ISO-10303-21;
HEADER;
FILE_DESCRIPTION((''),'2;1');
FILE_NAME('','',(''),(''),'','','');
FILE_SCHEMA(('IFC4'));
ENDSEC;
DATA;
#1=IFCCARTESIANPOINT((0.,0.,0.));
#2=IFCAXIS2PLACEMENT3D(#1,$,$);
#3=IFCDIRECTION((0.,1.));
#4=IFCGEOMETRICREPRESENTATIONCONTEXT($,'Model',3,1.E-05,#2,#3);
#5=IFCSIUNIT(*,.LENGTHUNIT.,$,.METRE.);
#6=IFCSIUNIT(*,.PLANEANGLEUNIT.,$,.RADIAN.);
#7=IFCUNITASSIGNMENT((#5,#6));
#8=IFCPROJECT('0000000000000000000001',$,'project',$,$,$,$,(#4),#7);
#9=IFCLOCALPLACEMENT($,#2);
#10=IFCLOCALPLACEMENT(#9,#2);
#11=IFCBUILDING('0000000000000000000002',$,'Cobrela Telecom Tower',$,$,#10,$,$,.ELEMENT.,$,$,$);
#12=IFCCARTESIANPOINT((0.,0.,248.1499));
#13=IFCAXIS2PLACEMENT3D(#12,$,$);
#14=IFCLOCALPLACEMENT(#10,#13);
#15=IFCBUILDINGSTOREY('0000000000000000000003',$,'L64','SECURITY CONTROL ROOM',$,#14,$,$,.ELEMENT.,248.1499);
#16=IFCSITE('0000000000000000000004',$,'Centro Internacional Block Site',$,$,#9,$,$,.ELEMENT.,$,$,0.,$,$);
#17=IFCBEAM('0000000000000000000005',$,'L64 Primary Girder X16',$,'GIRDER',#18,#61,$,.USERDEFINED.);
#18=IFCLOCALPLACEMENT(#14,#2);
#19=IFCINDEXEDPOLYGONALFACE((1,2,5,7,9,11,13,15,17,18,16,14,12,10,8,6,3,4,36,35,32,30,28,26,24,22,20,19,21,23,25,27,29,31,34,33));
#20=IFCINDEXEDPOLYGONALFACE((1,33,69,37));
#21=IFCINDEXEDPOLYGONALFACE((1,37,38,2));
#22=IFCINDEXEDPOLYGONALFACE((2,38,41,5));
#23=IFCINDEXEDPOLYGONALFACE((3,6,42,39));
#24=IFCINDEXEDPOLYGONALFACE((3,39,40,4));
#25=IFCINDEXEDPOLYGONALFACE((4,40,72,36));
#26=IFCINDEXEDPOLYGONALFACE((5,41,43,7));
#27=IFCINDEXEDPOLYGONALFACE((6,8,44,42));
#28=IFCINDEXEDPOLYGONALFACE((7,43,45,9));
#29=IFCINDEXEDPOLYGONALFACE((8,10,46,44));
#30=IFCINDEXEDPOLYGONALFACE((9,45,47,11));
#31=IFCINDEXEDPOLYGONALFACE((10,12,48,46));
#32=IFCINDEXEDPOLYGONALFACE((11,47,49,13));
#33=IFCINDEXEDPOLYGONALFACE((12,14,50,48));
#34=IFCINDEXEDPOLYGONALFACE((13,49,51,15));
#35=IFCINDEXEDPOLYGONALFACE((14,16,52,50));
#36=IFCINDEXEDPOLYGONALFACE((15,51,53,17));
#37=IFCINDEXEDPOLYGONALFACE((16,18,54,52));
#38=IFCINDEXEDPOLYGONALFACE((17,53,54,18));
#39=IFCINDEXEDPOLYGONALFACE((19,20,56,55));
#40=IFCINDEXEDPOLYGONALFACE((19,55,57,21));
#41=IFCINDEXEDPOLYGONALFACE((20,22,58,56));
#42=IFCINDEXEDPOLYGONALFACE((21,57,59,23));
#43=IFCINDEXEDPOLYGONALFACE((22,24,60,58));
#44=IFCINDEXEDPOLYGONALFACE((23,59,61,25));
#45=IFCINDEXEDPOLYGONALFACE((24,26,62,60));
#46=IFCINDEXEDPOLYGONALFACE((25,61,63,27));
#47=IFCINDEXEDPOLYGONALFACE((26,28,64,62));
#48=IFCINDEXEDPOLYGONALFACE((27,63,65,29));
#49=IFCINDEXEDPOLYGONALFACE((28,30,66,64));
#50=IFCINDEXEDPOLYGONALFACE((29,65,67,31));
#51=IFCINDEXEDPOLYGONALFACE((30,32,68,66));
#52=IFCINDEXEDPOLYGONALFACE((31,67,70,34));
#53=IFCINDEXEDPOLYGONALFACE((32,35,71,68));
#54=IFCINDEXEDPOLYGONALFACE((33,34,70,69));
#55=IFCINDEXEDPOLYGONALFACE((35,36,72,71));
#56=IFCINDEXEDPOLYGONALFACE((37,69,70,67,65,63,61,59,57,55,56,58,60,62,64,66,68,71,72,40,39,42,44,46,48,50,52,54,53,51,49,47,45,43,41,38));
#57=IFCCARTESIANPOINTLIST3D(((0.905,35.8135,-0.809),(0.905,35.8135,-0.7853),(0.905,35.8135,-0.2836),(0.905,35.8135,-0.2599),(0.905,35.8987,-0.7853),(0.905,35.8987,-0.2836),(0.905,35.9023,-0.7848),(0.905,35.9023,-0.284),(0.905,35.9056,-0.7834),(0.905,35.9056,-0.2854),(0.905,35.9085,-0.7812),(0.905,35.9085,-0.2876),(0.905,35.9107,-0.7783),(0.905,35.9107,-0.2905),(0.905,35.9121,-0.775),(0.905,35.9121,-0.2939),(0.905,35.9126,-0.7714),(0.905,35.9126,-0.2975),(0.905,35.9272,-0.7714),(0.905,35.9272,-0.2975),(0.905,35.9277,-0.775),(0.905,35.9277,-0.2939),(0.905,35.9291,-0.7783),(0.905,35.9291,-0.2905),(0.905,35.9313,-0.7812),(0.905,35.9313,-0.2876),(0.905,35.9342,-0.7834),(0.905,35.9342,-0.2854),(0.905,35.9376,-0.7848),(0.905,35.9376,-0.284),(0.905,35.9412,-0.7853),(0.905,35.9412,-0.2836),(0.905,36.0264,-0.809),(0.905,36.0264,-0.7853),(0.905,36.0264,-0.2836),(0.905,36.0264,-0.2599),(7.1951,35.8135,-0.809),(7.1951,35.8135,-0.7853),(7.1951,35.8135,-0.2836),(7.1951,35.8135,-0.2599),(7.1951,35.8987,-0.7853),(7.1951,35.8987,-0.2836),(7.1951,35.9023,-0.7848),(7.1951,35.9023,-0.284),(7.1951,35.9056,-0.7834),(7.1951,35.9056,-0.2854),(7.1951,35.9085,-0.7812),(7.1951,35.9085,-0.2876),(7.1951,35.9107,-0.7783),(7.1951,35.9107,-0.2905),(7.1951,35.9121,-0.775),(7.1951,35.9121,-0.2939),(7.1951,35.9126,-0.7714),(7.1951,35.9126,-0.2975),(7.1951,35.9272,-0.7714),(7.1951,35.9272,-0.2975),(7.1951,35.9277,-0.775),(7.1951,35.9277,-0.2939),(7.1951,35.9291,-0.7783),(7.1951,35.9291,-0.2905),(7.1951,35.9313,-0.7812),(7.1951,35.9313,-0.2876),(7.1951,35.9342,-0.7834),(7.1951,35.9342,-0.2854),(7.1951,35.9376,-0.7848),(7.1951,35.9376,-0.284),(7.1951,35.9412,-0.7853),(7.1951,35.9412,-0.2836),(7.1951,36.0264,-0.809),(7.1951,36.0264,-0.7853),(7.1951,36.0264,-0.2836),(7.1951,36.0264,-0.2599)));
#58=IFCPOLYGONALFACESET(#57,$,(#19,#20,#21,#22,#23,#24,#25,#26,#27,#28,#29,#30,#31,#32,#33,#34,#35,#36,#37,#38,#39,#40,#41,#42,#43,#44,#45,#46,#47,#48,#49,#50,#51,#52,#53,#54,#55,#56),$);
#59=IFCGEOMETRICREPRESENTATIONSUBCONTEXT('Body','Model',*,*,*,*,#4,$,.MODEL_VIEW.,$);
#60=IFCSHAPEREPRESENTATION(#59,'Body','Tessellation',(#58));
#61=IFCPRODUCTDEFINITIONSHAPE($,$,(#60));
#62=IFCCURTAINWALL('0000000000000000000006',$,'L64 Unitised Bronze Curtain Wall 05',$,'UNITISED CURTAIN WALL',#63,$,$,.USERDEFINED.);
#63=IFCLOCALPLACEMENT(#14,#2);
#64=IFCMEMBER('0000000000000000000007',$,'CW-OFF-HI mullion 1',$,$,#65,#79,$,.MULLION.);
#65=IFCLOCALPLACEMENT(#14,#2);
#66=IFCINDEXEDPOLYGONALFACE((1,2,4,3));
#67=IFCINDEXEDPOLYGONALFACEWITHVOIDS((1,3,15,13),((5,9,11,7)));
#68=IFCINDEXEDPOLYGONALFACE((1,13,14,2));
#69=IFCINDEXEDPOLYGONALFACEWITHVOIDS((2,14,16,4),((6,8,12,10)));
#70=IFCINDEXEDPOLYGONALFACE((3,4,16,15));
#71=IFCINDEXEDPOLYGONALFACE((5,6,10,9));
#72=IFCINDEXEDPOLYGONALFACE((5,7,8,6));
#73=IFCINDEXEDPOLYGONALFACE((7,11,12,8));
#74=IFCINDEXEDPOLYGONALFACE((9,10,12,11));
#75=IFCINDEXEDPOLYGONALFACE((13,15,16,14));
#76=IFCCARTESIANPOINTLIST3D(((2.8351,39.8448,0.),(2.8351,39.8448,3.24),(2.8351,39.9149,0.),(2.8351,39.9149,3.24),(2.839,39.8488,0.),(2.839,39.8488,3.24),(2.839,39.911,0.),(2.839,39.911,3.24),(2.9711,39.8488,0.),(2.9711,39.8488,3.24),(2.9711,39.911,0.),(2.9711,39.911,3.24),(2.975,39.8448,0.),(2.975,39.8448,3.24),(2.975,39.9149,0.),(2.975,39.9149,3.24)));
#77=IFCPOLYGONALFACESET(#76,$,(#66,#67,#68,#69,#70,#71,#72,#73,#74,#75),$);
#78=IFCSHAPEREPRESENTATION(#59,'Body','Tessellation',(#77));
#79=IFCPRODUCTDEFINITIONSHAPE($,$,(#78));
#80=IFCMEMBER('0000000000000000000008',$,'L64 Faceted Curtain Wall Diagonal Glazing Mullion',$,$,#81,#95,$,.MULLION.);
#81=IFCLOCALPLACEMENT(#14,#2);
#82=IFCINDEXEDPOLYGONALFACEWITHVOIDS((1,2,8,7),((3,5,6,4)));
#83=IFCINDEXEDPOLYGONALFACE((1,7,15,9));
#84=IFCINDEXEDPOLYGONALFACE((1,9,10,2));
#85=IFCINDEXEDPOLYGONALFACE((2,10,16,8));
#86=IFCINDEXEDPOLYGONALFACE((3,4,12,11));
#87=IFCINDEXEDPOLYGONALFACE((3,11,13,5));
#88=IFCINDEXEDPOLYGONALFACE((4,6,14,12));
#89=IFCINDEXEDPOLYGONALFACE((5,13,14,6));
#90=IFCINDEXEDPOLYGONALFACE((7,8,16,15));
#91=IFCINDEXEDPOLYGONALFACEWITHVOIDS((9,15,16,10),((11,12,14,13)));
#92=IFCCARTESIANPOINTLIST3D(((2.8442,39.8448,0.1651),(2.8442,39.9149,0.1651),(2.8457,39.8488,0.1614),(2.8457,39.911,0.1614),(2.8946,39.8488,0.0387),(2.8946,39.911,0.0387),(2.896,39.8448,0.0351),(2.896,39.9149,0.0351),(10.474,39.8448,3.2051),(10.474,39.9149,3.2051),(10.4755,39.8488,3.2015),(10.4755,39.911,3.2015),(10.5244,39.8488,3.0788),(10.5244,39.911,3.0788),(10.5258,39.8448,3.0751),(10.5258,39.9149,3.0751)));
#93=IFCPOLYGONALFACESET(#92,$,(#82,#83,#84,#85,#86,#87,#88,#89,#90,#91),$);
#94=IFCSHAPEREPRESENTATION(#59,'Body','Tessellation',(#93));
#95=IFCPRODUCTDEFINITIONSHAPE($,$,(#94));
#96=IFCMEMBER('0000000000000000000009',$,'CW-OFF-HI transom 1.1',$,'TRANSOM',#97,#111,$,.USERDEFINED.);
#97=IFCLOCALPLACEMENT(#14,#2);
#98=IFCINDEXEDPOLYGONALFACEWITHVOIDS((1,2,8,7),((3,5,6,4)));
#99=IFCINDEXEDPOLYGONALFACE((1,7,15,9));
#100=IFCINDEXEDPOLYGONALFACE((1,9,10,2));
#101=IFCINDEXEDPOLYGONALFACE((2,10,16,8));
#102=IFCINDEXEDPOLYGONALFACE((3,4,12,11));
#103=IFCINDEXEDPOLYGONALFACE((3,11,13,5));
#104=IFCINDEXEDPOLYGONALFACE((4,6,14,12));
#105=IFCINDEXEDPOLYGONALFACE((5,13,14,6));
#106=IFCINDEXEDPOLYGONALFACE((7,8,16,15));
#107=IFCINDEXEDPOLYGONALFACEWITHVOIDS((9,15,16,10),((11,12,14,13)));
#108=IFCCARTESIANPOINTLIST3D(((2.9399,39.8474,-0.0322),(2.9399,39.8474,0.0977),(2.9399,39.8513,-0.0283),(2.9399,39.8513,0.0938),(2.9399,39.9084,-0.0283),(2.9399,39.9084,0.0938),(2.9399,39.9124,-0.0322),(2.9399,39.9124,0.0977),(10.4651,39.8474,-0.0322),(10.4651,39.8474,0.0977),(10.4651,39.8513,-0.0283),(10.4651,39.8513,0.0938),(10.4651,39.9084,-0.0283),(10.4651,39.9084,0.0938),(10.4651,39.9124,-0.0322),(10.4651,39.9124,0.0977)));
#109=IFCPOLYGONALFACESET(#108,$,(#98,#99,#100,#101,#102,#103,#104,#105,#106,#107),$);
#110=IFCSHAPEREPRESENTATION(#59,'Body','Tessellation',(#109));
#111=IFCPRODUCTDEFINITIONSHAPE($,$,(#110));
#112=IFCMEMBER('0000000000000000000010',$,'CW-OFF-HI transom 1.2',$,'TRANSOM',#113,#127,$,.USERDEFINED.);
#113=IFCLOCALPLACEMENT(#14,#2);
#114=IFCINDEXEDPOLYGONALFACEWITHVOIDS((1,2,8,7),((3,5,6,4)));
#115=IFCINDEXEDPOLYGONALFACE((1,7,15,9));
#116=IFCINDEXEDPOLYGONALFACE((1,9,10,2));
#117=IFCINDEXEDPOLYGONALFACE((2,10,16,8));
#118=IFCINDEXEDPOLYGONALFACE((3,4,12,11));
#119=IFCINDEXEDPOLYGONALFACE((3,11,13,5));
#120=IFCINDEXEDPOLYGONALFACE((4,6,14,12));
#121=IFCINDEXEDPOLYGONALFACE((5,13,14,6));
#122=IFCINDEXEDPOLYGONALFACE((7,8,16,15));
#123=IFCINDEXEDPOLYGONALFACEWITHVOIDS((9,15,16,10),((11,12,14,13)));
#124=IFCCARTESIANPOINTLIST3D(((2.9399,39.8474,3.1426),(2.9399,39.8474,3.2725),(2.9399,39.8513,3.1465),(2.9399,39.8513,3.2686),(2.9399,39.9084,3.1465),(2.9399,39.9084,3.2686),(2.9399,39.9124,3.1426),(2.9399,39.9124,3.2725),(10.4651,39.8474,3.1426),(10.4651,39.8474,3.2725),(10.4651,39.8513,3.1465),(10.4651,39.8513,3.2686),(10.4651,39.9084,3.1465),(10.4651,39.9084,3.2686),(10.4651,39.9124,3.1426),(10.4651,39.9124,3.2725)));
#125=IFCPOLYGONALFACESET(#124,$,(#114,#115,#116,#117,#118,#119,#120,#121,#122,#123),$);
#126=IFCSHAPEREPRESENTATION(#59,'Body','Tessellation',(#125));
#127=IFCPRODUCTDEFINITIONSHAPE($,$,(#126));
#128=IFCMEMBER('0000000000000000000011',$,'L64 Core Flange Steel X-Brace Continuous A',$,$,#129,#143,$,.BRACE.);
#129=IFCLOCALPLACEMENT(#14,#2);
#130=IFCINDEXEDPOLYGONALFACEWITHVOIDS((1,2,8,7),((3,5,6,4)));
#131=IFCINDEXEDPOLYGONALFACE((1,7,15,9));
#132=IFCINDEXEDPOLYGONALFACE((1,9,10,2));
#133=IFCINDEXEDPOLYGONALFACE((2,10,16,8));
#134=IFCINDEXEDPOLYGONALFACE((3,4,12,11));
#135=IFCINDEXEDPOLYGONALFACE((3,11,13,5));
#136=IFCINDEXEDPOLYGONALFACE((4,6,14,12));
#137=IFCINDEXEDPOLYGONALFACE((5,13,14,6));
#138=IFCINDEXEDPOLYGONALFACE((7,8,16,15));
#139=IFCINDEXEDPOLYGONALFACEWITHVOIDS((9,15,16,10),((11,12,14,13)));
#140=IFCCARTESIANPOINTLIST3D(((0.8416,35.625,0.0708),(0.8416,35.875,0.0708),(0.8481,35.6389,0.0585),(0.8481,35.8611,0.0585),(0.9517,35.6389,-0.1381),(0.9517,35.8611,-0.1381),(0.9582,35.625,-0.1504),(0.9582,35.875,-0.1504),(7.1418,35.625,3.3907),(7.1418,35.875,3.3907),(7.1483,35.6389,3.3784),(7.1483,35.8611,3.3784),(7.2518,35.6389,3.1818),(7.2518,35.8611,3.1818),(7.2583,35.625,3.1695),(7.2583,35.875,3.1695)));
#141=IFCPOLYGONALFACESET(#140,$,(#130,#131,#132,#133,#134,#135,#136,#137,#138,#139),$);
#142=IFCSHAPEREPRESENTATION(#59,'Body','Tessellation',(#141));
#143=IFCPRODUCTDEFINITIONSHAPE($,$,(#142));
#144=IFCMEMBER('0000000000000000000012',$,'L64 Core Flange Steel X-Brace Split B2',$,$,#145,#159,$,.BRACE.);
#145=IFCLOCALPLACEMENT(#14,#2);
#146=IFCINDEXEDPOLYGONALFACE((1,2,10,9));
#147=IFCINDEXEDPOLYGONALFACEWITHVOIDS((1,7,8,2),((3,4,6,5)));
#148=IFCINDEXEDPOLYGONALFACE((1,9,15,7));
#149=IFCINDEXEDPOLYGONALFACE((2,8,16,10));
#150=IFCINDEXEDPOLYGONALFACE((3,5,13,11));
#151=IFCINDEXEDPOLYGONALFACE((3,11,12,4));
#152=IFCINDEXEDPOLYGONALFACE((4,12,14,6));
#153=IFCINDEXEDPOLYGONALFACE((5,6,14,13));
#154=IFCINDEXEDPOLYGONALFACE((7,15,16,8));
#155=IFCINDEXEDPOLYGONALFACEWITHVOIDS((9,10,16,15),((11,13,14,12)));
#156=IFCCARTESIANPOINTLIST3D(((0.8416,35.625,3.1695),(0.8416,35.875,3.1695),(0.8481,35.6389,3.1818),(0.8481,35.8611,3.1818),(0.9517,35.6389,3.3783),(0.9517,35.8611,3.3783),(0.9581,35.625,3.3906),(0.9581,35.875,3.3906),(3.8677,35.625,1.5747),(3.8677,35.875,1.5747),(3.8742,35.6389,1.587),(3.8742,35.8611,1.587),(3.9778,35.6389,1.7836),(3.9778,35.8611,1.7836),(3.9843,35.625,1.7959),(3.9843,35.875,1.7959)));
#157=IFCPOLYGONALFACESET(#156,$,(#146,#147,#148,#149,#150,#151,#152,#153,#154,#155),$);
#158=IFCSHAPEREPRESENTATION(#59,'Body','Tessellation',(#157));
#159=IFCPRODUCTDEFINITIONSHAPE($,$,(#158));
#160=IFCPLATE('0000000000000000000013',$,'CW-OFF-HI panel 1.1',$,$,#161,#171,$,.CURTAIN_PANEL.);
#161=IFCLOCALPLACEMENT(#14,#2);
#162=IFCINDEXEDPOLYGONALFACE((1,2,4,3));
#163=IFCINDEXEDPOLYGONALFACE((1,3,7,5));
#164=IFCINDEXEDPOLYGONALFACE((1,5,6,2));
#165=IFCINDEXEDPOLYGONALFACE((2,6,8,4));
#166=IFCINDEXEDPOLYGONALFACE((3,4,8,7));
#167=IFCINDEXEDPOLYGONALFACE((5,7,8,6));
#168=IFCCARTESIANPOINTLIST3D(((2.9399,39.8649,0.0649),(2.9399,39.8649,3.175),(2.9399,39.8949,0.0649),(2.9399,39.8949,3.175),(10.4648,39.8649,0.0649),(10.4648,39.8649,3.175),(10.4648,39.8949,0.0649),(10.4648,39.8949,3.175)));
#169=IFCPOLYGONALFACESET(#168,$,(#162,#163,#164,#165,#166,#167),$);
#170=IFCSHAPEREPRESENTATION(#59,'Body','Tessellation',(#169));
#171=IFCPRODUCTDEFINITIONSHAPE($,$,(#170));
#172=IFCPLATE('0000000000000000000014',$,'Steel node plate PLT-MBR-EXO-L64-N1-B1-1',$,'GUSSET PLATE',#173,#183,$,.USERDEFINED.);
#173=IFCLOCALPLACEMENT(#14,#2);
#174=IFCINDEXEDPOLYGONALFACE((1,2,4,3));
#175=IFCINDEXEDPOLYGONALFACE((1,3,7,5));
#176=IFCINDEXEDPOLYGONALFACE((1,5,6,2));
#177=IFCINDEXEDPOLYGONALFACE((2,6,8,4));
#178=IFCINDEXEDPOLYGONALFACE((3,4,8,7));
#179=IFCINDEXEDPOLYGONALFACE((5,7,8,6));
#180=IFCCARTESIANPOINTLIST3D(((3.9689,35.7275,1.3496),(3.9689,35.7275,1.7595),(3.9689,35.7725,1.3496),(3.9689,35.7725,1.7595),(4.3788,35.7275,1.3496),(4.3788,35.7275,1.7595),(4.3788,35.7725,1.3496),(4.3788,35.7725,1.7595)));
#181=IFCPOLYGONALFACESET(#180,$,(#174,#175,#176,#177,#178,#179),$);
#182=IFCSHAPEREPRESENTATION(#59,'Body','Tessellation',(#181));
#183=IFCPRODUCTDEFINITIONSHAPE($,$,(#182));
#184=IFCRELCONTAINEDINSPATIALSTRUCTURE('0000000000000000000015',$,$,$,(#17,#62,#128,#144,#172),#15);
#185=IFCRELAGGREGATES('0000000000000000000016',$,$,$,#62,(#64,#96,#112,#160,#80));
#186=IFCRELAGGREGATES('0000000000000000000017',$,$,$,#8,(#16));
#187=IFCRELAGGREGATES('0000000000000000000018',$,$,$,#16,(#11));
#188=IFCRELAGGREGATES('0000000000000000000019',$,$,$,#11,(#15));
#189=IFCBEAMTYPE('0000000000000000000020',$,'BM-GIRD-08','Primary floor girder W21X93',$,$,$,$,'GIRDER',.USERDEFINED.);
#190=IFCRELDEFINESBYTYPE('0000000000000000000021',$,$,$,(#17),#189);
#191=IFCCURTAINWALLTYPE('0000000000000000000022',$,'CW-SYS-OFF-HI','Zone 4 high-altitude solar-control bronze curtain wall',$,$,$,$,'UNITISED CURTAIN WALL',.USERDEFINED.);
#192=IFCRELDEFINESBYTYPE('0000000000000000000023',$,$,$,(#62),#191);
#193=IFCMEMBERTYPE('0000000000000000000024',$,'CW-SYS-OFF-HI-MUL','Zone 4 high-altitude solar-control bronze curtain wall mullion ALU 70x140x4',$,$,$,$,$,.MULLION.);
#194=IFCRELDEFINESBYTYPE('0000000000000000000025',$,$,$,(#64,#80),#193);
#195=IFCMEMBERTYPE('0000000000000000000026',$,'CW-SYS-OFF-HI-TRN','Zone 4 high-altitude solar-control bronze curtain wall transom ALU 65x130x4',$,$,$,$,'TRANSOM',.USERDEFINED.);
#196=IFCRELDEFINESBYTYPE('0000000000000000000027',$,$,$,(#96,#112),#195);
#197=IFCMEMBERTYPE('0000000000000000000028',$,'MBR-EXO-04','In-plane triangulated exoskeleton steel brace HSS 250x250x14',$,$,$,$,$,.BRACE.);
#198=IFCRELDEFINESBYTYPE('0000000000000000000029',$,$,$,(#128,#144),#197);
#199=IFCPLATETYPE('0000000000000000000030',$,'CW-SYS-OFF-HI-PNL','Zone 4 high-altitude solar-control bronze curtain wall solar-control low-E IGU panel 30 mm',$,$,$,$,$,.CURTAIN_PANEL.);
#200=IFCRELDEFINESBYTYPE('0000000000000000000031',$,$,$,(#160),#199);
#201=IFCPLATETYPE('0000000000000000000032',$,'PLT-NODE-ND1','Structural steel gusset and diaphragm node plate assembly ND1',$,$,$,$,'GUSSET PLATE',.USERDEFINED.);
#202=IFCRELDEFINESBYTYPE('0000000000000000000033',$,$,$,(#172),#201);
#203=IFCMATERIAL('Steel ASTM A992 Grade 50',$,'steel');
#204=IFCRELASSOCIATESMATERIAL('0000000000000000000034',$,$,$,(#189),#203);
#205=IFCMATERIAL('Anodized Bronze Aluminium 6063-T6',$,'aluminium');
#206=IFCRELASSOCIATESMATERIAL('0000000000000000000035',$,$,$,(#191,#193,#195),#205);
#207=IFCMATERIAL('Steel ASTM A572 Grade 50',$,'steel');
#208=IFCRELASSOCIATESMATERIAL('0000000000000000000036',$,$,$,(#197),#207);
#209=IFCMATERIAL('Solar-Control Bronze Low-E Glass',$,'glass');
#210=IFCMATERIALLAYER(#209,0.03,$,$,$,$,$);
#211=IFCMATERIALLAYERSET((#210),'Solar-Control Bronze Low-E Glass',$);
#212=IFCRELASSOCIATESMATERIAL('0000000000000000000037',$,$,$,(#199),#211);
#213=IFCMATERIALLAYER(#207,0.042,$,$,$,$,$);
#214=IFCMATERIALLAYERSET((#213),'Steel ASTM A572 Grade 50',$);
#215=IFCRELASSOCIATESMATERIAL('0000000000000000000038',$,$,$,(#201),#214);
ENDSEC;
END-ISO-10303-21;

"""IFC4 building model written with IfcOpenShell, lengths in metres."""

from ifc_helpers import new_model, si_unit, direction, frame, origin, origin_2d, place, context, subcontext, project, spatial, rectangle, hollow_rectangle, i_section, extrude, material, layer, layer_set, material_profile, profile_set, type_object, element, aggregate, save


model = new_model("IFC4")

# Units and contexts
model_context = context("Model", 3, precision=1e-05, world=origin(), true_north=direction((0.0, 1.0)))
body_context = subcontext(model_context, "Body", "Model", "MODEL_VIEW")
ifc_project = project(units=[si_unit("LENGTHUNIT", "METRE"), si_unit("PLANEANGLEUNIT", "RADIAN")], contexts=[model_context])

# Site, building, storey
site_placement = place(None, origin())
site = spatial("IfcSite", under=ifc_project, at=site_placement, Name="Centro Internacional Block Site", CompositionType="ELEMENT", RefElevation=0.0)
building_placement = place(site_placement, origin())
building = spatial("IfcBuilding", under=site, at=building_placement, Name="Cobrela Telecom Tower", CompositionType="ELEMENT")
storey_placement = place(building_placement, frame((0.0, 0.0, 248.1499)))
storey = spatial("IfcBuildingStorey", under=building, at=storey_placement, Name="L64", Description="SECURITY CONTROL ROOM", CompositionType="ELEMENT", Elevation=248.1499)

# Beam
ifc_material_1 = material(Name="Steel ASTM A992 Grade 50", Category="steel")
ifc_material_profile_1 = material_profile(ifc_material_1, i_section(OverallWidth=0.2129, OverallDepth=0.5491, WebThickness=0.0146, FlangeThickness=0.0237, FilletRadius=0.0139, at=origin_2d()), Name="W21X93")
ifc_profile_set_1 = profile_set([ifc_material_profile_1], Name="Steel ASTM A992 Grade 50")
beam_type = type_object("IfcBeamType", Name="BM-GIRD-08", Description="Primary floor girder W21X93", ElementType="GIRDER", PredefinedType="USERDEFINED", material=ifc_profile_set_1)
beam_placement = place(storey_placement, frame((0.905, 35.9199, -0.5344), z_axis=(1.0, 0.0, 0.0), x_axis=(0.0, 1.0, 0.0)))
element("IfcBeam", 1, at=beam_placement, inside=storey, type_object=beam_type, Name="L64 Primary Girder X16", ObjectType="GIRDER", PredefinedType="USERDEFINED", context=body_context, shape_type="SweptSolid", body=[
    extrude(i_section(OverallWidth=0.2129, OverallDepth=0.5491, WebThickness=0.0146, FlangeThickness=0.0237, FilletRadius=0.0139, at=origin_2d()), origin(), (0.0, 0.0, 1.0), 6.29),
])

# Curtain wall, members
ifc_material_2 = material(Name="Anodized Bronze Aluminium 6063-T6", Category="aluminium")
curtain_wall_type = type_object("IfcCurtainWallType", Name="CW-SYS-OFF-HI", Description="Zone 4 high-altitude solar-control bronze curtain wall", ElementType="UNITISED CURTAIN WALL", PredefinedType="USERDEFINED", material=ifc_material_2)
curtain_wall_placement = place(storey_placement, origin())
curtain_wall = element("IfcCurtainWall", 2, at=curtain_wall_placement, inside=storey, type_object=curtain_wall_type, Name="L64 Unitised Bronze Curtain Wall 05", ObjectType="UNITISED CURTAIN WALL", PredefinedType="USERDEFINED")
ifc_material_profile_2 = material_profile(ifc_material_2, hollow_rectangle(XDim=0.0701, YDim=0.1399, WallThickness=0.0039, at=origin_2d()), Name="ALU 70x140x4")
ifc_profile_set_2 = profile_set([ifc_material_profile_2], Name="Anodized Bronze Aluminium 6063-T6")
member_type_1 = type_object("IfcMemberType", Name="CW-SYS-OFF-HI-MUL", Description="Zone 4 high-altitude solar-control bronze curtain wall mullion ALU 70x140x4", PredefinedType="MULLION", material=ifc_profile_set_2)
member_1_placement = place(storey_placement, frame((2.905, 39.8799, 0.0), z_axis=(0.0, 0.0, 1.0), x_axis=(0.0, 1.0, 0.0)))
member_1 = element("IfcMember", 3, at=member_1_placement, type_object=member_type_1, Name="CW-OFF-HI mullion 1", PredefinedType="MULLION", context=body_context, shape_type="SweptSolid", body=[
    extrude(hollow_rectangle(XDim=0.0701, YDim=0.1399, WallThickness=0.0039, at=origin_2d()), origin(), (0.0, 0.0, 1.0), 3.24),
])
member_2_placement = place(storey_placement, frame((2.8701, 39.8799, 0.1001), z_axis=(0.928976, 0.0, 0.37014), x_axis=(0.0, 1.0, 0.0)))
member_2 = element("IfcMember", 4, at=member_2_placement, type_object=member_type_1, Name="L64 Faceted Curtain Wall Diagonal Glazing Mullion", PredefinedType="MULLION", context=body_context, shape_type="SweptSolid", body=[
    extrude(hollow_rectangle(XDim=0.0701, YDim=0.1399, WallThickness=0.0039, at=origin_2d()), origin(), (0.0, 0.0, 1.0), 8.2131),
])
ifc_material_profile_3 = material_profile(ifc_material_2, hollow_rectangle(XDim=0.0649, YDim=0.1299, WallThickness=0.0039, at=origin_2d()), Name="ALU 65x130x4")
ifc_profile_set_3 = profile_set([ifc_material_profile_3], Name="Anodized Bronze Aluminium 6063-T6")
member_type_2 = type_object("IfcMemberType", Name="CW-SYS-OFF-HI-TRN", Description="Zone 4 high-altitude solar-control bronze curtain wall transom ALU 65x130x4", ElementType="TRANSOM", PredefinedType="USERDEFINED", material=ifc_profile_set_3)
member_3_placement = place(storey_placement, frame((2.9399, 39.8799, 0.0327), z_axis=(1.0, 0.0, 0.0), x_axis=(0.0, 1.0, 0.0)))
member_3 = element("IfcMember", 5, at=member_3_placement, type_object=member_type_2, Name="CW-OFF-HI transom 1.1", ObjectType="TRANSOM", PredefinedType="USERDEFINED", context=body_context, shape_type="SweptSolid", body=[
    extrude(hollow_rectangle(XDim=0.0649, YDim=0.1299, WallThickness=0.0039, at=origin_2d()), origin(), (0.0, 0.0, 1.0), 7.5251),
])
member_4_placement = place(storey_placement, frame((2.9399, 39.8799, 3.2075), z_axis=(1.0, 0.0, 0.0), x_axis=(0.0, 1.0, 0.0)))
member_4 = element("IfcMember", 6, at=member_4_placement, type_object=member_type_2, Name="CW-OFF-HI transom 1.2", ObjectType="TRANSOM", PredefinedType="USERDEFINED", context=body_context, shape_type="SweptSolid", body=[
    extrude(hollow_rectangle(XDim=0.0649, YDim=0.1299, WallThickness=0.0039, at=origin_2d()), origin(), (0.0, 0.0, 1.0), 7.5251),
])

# Members
ifc_material_3 = material(Name="Steel ASTM A572 Grade 50", Category="steel")
ifc_material_profile_4 = material_profile(ifc_material_3, hollow_rectangle(XDim=0.25, YDim=0.25, WallThickness=0.0139, at=origin_2d()), Name="HSS 250x250x14")
ifc_profile_set_4 = profile_set([ifc_material_profile_4], Name="Steel ASTM A572 Grade 50")
member_type_3 = type_object("IfcMemberType", Name="MBR-EXO-04", Description="In-plane triangulated exoskeleton steel brace HSS 250x250x14", PredefinedType="BRACE", material=ifc_profile_set_4)
member_5_placement = place(storey_placement, frame((0.8999, 35.75, -0.0398), z_axis=(0.884686, 0.0, 0.466187), x_axis=(0.0, 1.0, 0.0)))
element("IfcMember", 7, at=member_5_placement, inside=storey, type_object=member_type_3, Name="L64 Core Flange Steel X-Brace Continuous A", PredefinedType="BRACE", context=body_context, shape_type="SweptSolid", body=[
    extrude(hollow_rectangle(XDim=0.25, YDim=0.25, WallThickness=0.0139, at=origin_2d()), origin(), (0.0, 0.0, 1.0), 7.1213),
])
member_6_placement = place(storey_placement, frame((3.926, 35.75, 1.6853), z_axis=(-0.884673, 0.0, 0.466211), x_axis=(0.0, -1.0, 0.0)))
element("IfcMember", 8, at=member_6_placement, inside=storey, type_object=member_type_3, Name="L64 Core Flange Steel X-Brace Split B2", PredefinedType="BRACE", context=body_context, shape_type="SweptSolid", body=[
    extrude(hollow_rectangle(XDim=0.25, YDim=0.25, WallThickness=0.0139, at=origin_2d()), origin(), (0.0, 0.0, 1.0), 3.4207),
])

# Plate
ifc_material_4 = material(Name="Solar-Control Bronze Low-E Glass", Category="glass")
ifc_layer_1 = layer(ifc_material_4, 0.03)
ifc_layer_set_1 = layer_set([ifc_layer_1], Name="Solar-Control Bronze Low-E Glass")
plate_type_1 = type_object("IfcPlateType", Name="CW-SYS-OFF-HI-PNL", Description="Zone 4 high-altitude solar-control bronze curtain wall solar-control low-E IGU panel 30 mm", PredefinedType="CURTAIN_PANEL", material=ifc_layer_set_1)
plate_1_placement = place(storey_placement, frame((6.7024, 39.8799, 0.0649), z_axis=(0.0, 0.0, 1.0), x_axis=(1.0, 0.0, 0.0)))
plate_1 = element("IfcPlate", 9, at=plate_1_placement, type_object=plate_type_1, Name="CW-OFF-HI panel 1.1", PredefinedType="CURTAIN_PANEL", context=body_context, shape_type="SweptSolid", body=[
    extrude(rectangle(XDim=7.5249, YDim=0.03, at=origin_2d()), origin(), (0.0, 0.0, 1.0), 3.1101),
])
aggregate(curtain_wall, [member_1, member_3, member_4, plate_1, member_2])

# Plate
ifc_layer_2 = layer(ifc_material_3, 0.042)
ifc_layer_set_2 = layer_set([ifc_layer_2], Name="Steel ASTM A572 Grade 50")
plate_type_2 = type_object("IfcPlateType", Name="PLT-NODE-ND1", Description="Structural steel gusset and diaphragm node plate assembly ND1", ElementType="GUSSET PLATE", PredefinedType="USERDEFINED", material=ifc_layer_set_2)
for number, where, z_axis, x_axis, name in (
    (10, (4.1738, 35.75, 1.3496), (0.0, 0.0, 1.0), (-1.0, 0.0, 0.0), "Steel node plate PLT-MBR-EXO-L64-N1-B1-1"),
):
    element("IfcPlate", number, at=place(storey_placement, frame(where, z_axis=z_axis, x_axis=x_axis)), inside=storey, type_object=plate_type_2, Name=name, ObjectType="GUSSET PLATE", PredefinedType="USERDEFINED", context=body_context, shape_type="SweptSolid", body=[
        extrude(rectangle(XDim=0.4099, YDim=0.0449, at=origin_2d()), origin(), (0.0, 0.0, 1.0), 0.4099),
    ])

save(model, "model.ifc")
